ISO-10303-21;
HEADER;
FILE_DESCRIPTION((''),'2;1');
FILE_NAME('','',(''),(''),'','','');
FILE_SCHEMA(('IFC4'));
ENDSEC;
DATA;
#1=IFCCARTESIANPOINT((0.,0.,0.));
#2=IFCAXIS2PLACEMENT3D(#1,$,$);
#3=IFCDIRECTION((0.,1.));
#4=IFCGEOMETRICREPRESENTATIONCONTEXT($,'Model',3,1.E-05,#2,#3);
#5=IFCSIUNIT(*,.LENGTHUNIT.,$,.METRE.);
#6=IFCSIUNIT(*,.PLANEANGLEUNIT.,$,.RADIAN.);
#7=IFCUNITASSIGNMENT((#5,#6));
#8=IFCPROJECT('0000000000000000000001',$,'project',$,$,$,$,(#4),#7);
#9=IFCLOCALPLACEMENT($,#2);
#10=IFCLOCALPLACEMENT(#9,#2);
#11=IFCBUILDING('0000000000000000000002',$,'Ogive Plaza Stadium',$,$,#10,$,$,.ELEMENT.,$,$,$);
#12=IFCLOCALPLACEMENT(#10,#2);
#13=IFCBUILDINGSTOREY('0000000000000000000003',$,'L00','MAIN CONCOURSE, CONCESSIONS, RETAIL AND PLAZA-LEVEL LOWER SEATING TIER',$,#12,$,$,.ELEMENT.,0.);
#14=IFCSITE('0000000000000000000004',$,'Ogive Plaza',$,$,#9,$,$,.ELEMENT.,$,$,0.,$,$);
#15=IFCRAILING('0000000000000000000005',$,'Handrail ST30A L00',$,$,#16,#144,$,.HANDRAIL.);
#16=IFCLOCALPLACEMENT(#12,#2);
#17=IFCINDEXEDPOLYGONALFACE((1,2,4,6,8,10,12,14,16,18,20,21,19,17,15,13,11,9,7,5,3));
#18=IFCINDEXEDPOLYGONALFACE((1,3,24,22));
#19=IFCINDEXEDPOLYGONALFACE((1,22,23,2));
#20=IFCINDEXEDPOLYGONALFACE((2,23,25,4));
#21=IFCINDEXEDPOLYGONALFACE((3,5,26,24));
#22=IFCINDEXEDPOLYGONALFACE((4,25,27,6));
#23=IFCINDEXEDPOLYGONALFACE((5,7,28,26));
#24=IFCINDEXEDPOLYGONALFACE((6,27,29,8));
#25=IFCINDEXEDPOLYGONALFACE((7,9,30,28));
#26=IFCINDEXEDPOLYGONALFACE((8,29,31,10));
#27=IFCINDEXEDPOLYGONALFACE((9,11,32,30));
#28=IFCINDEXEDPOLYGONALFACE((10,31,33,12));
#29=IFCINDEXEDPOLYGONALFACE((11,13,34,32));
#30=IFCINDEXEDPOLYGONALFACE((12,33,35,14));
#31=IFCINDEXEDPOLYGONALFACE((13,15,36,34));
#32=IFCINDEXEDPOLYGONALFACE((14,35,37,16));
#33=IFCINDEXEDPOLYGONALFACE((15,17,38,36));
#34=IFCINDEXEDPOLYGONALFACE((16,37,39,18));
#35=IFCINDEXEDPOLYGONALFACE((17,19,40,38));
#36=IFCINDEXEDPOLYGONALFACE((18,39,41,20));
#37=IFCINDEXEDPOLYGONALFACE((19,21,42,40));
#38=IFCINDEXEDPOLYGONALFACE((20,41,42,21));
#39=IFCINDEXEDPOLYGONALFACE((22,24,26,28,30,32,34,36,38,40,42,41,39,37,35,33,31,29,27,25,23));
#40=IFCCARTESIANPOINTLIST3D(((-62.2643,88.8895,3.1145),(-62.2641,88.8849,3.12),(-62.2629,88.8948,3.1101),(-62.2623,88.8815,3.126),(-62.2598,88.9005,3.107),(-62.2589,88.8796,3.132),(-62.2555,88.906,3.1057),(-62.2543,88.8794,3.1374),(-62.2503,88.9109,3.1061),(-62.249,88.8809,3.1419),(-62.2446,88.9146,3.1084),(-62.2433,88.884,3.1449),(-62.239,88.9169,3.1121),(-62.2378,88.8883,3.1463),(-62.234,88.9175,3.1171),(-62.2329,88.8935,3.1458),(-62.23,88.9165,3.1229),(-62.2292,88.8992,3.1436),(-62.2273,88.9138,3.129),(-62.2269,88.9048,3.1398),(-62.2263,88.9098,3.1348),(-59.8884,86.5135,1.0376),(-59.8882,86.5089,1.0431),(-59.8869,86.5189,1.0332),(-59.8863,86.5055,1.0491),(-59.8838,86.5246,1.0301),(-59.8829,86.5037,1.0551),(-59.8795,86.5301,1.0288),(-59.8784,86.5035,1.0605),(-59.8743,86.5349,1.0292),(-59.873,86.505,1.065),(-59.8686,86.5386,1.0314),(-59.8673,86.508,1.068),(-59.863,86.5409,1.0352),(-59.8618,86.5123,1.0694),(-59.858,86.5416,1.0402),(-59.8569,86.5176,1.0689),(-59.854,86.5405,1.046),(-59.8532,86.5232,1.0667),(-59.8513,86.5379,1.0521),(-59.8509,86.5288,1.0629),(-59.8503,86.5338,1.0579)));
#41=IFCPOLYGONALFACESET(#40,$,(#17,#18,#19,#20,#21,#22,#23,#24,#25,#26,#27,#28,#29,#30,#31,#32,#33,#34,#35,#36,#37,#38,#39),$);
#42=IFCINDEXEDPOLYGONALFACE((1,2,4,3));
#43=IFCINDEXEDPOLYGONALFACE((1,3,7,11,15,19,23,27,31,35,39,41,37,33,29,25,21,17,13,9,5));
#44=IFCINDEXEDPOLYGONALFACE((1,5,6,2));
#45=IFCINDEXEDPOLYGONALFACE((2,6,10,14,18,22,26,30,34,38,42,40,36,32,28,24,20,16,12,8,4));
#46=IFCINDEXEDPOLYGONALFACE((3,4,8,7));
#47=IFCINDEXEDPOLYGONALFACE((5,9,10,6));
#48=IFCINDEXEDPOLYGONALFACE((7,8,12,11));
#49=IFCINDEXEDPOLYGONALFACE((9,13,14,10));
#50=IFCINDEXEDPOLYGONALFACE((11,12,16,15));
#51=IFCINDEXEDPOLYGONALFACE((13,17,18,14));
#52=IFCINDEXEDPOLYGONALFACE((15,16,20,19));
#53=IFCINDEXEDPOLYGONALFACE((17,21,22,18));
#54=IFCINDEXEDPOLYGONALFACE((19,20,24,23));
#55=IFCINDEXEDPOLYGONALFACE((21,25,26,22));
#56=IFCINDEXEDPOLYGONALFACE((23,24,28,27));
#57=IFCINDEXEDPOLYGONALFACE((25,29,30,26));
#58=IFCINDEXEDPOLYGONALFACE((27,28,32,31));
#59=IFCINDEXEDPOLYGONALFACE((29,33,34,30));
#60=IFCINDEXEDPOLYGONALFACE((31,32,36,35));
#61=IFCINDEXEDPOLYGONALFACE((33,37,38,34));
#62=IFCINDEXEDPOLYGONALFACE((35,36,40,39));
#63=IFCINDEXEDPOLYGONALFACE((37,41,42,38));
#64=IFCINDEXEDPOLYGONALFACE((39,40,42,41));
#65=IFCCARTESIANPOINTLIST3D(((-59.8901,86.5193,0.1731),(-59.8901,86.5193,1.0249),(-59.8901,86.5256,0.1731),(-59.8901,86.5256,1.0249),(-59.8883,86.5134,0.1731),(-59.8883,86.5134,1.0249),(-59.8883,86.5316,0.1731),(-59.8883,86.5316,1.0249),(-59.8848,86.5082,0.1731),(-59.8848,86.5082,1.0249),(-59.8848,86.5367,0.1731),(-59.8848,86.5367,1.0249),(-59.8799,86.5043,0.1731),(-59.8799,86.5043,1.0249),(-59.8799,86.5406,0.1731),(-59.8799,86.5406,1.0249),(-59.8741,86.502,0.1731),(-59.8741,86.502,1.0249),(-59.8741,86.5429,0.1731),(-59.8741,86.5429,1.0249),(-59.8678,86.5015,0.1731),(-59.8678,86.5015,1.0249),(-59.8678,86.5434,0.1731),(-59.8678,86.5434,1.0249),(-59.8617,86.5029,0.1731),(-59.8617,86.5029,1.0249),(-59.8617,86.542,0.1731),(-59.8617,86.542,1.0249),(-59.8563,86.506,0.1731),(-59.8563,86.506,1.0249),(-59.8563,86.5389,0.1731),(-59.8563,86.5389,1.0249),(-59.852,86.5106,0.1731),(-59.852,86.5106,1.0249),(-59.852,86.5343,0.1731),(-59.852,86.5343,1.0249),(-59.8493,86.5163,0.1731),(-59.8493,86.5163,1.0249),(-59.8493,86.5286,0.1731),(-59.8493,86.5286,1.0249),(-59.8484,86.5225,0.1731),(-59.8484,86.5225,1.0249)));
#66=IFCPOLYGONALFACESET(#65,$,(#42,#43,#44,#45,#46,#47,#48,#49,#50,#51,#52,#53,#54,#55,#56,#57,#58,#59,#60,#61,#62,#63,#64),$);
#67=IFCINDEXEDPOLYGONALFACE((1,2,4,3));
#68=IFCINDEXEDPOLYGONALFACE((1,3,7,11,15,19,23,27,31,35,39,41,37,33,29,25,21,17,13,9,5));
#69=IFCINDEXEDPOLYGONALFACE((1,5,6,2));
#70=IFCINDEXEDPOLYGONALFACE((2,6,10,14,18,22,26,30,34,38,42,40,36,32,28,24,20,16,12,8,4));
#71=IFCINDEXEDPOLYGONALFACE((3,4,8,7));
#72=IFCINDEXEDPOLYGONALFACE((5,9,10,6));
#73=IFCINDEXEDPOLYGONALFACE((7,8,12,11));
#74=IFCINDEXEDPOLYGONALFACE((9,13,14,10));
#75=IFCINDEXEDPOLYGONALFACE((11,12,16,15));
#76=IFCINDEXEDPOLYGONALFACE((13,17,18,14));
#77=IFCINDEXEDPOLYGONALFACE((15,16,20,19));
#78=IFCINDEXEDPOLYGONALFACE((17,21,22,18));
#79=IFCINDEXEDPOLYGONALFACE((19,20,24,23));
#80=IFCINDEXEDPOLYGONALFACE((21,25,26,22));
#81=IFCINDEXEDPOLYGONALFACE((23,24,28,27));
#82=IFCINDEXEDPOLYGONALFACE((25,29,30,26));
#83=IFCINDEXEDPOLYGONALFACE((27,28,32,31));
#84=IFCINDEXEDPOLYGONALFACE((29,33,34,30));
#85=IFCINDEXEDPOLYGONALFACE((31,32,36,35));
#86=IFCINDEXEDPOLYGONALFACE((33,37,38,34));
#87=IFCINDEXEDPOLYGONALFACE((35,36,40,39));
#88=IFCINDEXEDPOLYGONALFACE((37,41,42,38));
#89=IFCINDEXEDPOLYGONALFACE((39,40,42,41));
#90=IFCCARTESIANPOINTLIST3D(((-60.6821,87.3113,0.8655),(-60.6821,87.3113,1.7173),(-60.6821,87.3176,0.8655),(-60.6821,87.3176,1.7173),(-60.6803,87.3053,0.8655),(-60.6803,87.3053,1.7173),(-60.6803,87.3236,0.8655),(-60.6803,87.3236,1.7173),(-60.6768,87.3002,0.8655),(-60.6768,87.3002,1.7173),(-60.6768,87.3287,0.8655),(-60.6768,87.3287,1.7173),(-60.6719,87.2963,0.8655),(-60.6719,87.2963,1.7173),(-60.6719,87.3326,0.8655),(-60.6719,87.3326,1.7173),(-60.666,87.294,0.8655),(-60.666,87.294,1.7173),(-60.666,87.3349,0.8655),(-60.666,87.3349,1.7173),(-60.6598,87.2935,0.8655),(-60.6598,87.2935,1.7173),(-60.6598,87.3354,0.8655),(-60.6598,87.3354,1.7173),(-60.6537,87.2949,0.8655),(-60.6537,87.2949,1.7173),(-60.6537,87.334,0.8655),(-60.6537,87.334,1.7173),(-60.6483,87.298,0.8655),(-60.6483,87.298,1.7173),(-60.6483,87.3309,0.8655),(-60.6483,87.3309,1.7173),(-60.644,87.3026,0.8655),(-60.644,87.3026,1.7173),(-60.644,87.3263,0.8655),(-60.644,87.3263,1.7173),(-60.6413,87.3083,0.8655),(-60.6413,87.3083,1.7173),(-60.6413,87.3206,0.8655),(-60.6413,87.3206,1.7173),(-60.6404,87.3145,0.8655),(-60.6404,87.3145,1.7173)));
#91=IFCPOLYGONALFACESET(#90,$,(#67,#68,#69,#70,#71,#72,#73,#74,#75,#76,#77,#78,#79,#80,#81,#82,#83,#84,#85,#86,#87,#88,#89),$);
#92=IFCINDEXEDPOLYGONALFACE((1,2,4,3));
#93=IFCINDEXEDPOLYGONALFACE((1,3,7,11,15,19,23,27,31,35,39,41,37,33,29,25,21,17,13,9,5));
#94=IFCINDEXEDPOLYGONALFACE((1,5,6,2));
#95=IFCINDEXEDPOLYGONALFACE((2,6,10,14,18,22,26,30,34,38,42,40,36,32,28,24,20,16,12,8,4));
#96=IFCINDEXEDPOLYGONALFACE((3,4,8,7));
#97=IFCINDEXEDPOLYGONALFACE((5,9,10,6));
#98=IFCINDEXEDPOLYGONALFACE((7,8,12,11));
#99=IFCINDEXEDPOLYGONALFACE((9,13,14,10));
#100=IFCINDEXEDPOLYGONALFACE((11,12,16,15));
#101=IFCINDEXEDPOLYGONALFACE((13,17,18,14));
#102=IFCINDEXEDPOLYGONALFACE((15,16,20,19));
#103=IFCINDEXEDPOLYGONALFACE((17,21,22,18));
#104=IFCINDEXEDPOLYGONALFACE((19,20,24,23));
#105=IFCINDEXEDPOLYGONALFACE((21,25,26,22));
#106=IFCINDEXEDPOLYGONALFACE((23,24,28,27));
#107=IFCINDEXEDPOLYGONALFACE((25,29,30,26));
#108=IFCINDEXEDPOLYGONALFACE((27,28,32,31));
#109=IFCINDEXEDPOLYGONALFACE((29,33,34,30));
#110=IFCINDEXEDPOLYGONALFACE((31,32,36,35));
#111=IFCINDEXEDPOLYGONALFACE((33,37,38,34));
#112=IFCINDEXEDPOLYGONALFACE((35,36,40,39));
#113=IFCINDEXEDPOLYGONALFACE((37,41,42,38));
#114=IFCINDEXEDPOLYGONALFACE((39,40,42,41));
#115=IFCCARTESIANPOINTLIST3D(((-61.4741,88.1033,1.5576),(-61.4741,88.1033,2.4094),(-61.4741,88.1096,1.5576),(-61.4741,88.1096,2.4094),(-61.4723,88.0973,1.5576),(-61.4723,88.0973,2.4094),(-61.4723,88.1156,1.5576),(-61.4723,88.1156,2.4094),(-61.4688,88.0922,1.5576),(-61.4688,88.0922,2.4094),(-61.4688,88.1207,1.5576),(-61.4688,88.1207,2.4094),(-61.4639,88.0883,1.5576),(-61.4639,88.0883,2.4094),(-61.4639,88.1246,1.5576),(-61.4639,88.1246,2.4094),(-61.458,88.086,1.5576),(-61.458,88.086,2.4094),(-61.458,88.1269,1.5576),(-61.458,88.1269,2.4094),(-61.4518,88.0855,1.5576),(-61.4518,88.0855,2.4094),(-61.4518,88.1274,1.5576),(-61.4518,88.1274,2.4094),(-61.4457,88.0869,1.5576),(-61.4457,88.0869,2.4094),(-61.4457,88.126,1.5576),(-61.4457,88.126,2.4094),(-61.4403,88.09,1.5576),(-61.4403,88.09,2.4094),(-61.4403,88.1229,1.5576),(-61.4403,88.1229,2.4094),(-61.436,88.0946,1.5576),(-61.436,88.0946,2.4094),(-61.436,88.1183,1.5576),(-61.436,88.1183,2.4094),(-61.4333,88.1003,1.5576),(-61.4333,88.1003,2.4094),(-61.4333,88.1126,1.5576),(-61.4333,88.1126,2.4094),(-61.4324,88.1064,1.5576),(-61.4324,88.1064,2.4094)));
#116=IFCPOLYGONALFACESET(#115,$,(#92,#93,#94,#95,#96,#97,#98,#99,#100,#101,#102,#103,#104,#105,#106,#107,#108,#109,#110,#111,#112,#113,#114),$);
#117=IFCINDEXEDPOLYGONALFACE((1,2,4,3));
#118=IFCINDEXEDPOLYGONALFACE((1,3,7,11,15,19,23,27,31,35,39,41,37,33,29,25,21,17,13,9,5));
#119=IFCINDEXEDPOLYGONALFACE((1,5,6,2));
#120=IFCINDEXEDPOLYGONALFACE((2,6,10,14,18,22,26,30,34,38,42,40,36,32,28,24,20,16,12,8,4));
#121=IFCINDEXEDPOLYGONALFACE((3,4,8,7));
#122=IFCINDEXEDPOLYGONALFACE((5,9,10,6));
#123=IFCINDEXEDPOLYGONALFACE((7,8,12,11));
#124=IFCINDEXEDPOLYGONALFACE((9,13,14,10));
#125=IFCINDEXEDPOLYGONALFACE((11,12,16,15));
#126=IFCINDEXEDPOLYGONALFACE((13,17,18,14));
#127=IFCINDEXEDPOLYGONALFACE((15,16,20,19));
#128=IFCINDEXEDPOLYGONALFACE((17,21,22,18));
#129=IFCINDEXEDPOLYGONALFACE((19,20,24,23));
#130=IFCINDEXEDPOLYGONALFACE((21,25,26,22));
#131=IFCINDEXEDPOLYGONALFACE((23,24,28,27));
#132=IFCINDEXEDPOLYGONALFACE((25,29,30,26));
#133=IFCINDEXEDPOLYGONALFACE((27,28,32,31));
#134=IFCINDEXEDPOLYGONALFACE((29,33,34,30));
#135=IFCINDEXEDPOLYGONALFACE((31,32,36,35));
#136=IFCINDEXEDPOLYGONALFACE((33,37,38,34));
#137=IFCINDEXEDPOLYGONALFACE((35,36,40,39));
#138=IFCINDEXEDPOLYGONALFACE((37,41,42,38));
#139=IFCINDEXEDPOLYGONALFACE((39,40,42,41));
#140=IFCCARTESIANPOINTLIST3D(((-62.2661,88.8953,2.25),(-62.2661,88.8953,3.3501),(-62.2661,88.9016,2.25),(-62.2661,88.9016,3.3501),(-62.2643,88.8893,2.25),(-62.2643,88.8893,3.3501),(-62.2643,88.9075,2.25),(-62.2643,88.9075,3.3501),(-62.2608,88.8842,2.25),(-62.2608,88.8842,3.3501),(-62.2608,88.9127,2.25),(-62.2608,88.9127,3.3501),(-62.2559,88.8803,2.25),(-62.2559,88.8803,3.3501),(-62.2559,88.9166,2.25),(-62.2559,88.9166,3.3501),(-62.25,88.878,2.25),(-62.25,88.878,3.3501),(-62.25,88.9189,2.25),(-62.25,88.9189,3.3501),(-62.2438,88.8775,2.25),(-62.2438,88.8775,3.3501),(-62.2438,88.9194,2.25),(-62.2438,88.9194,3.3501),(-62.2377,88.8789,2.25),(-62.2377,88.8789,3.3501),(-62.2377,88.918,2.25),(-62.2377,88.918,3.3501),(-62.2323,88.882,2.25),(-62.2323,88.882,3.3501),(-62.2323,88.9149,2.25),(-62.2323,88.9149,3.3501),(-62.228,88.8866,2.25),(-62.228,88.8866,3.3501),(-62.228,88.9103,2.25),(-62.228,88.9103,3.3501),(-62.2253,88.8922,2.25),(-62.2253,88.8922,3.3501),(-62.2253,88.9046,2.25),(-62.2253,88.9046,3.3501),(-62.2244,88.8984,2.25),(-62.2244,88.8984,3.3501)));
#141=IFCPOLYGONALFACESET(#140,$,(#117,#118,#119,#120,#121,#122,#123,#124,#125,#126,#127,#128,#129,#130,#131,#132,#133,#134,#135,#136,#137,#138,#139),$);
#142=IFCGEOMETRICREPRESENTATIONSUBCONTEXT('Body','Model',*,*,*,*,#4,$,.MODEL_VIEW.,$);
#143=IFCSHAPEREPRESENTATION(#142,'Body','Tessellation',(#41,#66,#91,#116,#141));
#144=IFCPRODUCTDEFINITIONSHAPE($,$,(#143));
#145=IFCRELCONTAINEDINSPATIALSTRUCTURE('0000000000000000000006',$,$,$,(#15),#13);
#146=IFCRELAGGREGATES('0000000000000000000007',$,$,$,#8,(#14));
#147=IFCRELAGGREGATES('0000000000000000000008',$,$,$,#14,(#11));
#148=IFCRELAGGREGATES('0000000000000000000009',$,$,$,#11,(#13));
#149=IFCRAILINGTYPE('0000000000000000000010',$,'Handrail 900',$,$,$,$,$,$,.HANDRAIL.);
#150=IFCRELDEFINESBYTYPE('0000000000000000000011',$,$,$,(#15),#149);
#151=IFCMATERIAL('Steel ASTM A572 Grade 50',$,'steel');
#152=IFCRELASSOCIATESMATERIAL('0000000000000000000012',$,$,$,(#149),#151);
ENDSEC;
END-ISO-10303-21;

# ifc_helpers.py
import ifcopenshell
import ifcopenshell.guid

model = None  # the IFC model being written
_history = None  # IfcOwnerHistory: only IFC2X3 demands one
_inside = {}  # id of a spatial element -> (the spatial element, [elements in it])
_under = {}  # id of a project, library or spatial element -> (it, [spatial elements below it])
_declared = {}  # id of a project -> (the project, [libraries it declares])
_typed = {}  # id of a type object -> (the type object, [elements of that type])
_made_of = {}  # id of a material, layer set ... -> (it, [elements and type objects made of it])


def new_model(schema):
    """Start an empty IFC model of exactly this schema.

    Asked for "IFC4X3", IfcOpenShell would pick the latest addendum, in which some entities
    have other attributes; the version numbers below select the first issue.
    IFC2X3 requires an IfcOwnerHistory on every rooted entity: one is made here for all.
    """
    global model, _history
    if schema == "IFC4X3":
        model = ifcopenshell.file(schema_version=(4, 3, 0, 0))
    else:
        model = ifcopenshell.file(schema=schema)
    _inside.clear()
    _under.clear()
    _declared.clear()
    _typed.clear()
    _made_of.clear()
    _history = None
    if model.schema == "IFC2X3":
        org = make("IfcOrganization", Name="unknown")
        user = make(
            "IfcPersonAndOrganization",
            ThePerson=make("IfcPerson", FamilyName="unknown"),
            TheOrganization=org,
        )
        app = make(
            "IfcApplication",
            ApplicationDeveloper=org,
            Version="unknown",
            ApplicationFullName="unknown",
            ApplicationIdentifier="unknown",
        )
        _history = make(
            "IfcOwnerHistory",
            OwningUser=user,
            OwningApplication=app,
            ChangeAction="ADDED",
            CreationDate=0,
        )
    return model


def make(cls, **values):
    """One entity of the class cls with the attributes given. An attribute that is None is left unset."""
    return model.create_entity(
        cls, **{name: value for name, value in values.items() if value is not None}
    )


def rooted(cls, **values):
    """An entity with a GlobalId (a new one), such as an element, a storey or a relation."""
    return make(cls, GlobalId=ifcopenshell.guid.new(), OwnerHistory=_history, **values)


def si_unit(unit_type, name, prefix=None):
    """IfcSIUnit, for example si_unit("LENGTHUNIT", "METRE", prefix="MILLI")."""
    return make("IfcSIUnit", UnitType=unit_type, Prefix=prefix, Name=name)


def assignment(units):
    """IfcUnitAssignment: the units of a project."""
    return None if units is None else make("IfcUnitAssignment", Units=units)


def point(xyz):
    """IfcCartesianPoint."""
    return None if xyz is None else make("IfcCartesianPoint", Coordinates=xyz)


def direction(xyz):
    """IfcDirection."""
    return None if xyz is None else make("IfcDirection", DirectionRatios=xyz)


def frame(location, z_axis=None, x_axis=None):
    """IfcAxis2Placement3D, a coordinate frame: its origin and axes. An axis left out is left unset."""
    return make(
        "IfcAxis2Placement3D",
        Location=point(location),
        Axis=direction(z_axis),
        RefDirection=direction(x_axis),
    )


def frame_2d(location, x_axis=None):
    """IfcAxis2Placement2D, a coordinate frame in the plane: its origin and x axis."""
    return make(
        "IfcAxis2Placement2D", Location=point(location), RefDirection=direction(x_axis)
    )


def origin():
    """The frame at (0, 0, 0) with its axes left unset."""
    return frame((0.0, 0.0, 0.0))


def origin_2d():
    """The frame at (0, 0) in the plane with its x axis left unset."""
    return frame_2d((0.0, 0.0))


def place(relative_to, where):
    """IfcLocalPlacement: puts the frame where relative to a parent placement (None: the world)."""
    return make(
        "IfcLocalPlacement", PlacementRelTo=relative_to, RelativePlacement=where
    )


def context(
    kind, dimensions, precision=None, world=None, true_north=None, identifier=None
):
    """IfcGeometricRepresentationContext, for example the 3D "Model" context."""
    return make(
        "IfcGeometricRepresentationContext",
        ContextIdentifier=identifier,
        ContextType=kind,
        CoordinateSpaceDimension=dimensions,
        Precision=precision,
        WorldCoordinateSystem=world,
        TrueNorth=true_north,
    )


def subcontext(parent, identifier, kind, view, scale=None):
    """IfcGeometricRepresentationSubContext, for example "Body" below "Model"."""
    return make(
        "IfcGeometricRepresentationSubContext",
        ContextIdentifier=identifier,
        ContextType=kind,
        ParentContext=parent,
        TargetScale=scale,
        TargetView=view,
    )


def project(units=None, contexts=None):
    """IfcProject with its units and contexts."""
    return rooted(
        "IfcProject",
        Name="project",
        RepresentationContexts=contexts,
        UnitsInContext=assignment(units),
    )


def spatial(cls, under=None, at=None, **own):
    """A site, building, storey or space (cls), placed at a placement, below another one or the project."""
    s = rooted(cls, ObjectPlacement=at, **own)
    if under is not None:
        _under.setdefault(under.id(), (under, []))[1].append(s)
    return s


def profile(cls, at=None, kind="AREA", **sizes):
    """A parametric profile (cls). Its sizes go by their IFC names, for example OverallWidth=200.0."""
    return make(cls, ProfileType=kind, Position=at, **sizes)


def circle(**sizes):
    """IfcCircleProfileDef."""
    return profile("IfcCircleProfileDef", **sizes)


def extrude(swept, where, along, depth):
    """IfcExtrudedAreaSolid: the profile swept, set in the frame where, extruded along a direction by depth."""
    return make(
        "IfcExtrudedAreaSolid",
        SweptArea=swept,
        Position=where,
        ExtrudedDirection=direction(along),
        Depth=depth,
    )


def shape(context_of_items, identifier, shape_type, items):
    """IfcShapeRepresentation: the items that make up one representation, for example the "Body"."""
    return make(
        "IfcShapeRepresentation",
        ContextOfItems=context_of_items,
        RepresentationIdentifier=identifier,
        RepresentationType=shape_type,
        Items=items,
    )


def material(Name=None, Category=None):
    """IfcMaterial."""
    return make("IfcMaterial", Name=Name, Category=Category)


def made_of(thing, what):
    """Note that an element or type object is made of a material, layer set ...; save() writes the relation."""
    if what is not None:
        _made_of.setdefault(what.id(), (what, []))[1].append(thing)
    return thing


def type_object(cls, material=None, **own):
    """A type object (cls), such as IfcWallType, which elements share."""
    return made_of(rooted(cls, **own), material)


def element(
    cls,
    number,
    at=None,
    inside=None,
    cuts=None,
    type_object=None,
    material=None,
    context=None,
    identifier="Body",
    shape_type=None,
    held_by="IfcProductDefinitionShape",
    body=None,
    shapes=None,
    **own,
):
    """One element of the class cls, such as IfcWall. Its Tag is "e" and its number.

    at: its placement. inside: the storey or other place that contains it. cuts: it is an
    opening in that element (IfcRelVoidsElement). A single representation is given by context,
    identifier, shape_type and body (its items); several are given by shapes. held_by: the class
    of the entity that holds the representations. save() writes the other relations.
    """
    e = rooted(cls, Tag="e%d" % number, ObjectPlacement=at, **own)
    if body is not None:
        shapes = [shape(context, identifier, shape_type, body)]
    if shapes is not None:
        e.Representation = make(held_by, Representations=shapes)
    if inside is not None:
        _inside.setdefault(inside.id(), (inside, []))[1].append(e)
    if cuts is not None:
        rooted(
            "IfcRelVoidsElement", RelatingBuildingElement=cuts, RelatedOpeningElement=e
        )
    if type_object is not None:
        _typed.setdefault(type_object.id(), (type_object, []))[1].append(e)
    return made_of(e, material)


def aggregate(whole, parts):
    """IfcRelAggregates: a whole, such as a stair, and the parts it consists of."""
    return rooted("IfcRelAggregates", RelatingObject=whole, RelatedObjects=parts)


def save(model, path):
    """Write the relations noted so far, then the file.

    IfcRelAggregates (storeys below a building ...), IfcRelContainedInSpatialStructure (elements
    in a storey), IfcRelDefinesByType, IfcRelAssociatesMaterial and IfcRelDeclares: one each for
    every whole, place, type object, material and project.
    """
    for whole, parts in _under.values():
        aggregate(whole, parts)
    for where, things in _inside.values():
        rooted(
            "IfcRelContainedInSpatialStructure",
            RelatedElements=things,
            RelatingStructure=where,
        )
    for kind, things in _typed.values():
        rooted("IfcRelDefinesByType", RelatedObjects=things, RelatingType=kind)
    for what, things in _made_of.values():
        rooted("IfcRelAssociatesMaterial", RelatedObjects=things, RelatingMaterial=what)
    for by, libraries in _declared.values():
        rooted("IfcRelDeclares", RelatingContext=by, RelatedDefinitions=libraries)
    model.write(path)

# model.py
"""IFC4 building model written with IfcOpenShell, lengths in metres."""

from ifc_helpers import new_model, si_unit, direction, frame, origin, origin_2d, place, context, subcontext, project, spatial, circle, extrude, material, type_object, element, save


model = new_model("IFC4")

# Units and contexts
model_context = context("Model", 3, precision=1e-05, world=origin(), true_north=direction((0.0, 1.0)))
body_context = subcontext(model_context, "Body", "Model", "MODEL_VIEW")
ifc_project = project(units=[si_unit("LENGTHUNIT", "METRE"), si_unit("PLANEANGLEUNIT", "RADIAN")], contexts=[model_context])

# Site, building, storey
site_placement = place(None, origin())
site = spatial("IfcSite", under=ifc_project, at=site_placement, Name="Ogive Plaza", CompositionType="ELEMENT", RefElevation=0.0)
building_placement = place(site_placement, origin())
building = spatial("IfcBuilding", under=site, at=building_placement, Name="Ogive Plaza Stadium", CompositionType="ELEMENT")
storey_placement = place(building_placement, origin())
storey = spatial("IfcBuildingStorey", under=building, at=storey_placement, Name="L00", Description="MAIN CONCOURSE, CONCESSIONS, RETAIL AND PLAZA-LEVEL LOWER SEATING TIER", CompositionType="ELEMENT", Elevation=0.0)

# Railing
ifc_material_1 = material(Name="Steel ASTM A572 Grade 50", Category="steel")
railing_type = type_object("IfcRailingType", Name="Handrail 900", PredefinedType="HANDRAIL", material=ifc_material_1)
railing_1_placement = place(storey_placement, frame((-59.8694, 86.5225, 0.1731)))
element("IfcRailing", 1, at=railing_1_placement, inside=storey, type_object=railing_type, Name="Handrail ST30A L00", PredefinedType="HANDRAIL", context=body_context, shape_type="SweptSolid", body=[
    extrude(circle(Radius=0.0239, at=origin_2d()), frame((0.0, 0.0, 0.876), z_axis=(-0.601483, 0.601483, 0.525772), x_axis=(-0.707107, -0.707107, 0.0)), (0.0, 0.0, 1.0), 3.9502),
    extrude(circle(Radius=0.021, at=origin_2d()), origin(), (0.0, 0.0, 1.0), 0.8518),
    extrude(circle(Radius=0.021, at=origin_2d()), frame((-0.792, 0.792, 0.6924)), (0.0, 0.0, 1.0), 0.8518),
    extrude(circle(Radius=0.021, at=origin_2d()), frame((-1.584, 1.584, 1.3845)), (0.0, 0.0, 1.0), 0.8518),
    extrude(circle(Radius=0.021, at=origin_2d()), frame((-2.376, 2.376, 2.0769)), (0.0, 0.0, 1.0), 1.1001),
])

save(model, "model.ifc")
